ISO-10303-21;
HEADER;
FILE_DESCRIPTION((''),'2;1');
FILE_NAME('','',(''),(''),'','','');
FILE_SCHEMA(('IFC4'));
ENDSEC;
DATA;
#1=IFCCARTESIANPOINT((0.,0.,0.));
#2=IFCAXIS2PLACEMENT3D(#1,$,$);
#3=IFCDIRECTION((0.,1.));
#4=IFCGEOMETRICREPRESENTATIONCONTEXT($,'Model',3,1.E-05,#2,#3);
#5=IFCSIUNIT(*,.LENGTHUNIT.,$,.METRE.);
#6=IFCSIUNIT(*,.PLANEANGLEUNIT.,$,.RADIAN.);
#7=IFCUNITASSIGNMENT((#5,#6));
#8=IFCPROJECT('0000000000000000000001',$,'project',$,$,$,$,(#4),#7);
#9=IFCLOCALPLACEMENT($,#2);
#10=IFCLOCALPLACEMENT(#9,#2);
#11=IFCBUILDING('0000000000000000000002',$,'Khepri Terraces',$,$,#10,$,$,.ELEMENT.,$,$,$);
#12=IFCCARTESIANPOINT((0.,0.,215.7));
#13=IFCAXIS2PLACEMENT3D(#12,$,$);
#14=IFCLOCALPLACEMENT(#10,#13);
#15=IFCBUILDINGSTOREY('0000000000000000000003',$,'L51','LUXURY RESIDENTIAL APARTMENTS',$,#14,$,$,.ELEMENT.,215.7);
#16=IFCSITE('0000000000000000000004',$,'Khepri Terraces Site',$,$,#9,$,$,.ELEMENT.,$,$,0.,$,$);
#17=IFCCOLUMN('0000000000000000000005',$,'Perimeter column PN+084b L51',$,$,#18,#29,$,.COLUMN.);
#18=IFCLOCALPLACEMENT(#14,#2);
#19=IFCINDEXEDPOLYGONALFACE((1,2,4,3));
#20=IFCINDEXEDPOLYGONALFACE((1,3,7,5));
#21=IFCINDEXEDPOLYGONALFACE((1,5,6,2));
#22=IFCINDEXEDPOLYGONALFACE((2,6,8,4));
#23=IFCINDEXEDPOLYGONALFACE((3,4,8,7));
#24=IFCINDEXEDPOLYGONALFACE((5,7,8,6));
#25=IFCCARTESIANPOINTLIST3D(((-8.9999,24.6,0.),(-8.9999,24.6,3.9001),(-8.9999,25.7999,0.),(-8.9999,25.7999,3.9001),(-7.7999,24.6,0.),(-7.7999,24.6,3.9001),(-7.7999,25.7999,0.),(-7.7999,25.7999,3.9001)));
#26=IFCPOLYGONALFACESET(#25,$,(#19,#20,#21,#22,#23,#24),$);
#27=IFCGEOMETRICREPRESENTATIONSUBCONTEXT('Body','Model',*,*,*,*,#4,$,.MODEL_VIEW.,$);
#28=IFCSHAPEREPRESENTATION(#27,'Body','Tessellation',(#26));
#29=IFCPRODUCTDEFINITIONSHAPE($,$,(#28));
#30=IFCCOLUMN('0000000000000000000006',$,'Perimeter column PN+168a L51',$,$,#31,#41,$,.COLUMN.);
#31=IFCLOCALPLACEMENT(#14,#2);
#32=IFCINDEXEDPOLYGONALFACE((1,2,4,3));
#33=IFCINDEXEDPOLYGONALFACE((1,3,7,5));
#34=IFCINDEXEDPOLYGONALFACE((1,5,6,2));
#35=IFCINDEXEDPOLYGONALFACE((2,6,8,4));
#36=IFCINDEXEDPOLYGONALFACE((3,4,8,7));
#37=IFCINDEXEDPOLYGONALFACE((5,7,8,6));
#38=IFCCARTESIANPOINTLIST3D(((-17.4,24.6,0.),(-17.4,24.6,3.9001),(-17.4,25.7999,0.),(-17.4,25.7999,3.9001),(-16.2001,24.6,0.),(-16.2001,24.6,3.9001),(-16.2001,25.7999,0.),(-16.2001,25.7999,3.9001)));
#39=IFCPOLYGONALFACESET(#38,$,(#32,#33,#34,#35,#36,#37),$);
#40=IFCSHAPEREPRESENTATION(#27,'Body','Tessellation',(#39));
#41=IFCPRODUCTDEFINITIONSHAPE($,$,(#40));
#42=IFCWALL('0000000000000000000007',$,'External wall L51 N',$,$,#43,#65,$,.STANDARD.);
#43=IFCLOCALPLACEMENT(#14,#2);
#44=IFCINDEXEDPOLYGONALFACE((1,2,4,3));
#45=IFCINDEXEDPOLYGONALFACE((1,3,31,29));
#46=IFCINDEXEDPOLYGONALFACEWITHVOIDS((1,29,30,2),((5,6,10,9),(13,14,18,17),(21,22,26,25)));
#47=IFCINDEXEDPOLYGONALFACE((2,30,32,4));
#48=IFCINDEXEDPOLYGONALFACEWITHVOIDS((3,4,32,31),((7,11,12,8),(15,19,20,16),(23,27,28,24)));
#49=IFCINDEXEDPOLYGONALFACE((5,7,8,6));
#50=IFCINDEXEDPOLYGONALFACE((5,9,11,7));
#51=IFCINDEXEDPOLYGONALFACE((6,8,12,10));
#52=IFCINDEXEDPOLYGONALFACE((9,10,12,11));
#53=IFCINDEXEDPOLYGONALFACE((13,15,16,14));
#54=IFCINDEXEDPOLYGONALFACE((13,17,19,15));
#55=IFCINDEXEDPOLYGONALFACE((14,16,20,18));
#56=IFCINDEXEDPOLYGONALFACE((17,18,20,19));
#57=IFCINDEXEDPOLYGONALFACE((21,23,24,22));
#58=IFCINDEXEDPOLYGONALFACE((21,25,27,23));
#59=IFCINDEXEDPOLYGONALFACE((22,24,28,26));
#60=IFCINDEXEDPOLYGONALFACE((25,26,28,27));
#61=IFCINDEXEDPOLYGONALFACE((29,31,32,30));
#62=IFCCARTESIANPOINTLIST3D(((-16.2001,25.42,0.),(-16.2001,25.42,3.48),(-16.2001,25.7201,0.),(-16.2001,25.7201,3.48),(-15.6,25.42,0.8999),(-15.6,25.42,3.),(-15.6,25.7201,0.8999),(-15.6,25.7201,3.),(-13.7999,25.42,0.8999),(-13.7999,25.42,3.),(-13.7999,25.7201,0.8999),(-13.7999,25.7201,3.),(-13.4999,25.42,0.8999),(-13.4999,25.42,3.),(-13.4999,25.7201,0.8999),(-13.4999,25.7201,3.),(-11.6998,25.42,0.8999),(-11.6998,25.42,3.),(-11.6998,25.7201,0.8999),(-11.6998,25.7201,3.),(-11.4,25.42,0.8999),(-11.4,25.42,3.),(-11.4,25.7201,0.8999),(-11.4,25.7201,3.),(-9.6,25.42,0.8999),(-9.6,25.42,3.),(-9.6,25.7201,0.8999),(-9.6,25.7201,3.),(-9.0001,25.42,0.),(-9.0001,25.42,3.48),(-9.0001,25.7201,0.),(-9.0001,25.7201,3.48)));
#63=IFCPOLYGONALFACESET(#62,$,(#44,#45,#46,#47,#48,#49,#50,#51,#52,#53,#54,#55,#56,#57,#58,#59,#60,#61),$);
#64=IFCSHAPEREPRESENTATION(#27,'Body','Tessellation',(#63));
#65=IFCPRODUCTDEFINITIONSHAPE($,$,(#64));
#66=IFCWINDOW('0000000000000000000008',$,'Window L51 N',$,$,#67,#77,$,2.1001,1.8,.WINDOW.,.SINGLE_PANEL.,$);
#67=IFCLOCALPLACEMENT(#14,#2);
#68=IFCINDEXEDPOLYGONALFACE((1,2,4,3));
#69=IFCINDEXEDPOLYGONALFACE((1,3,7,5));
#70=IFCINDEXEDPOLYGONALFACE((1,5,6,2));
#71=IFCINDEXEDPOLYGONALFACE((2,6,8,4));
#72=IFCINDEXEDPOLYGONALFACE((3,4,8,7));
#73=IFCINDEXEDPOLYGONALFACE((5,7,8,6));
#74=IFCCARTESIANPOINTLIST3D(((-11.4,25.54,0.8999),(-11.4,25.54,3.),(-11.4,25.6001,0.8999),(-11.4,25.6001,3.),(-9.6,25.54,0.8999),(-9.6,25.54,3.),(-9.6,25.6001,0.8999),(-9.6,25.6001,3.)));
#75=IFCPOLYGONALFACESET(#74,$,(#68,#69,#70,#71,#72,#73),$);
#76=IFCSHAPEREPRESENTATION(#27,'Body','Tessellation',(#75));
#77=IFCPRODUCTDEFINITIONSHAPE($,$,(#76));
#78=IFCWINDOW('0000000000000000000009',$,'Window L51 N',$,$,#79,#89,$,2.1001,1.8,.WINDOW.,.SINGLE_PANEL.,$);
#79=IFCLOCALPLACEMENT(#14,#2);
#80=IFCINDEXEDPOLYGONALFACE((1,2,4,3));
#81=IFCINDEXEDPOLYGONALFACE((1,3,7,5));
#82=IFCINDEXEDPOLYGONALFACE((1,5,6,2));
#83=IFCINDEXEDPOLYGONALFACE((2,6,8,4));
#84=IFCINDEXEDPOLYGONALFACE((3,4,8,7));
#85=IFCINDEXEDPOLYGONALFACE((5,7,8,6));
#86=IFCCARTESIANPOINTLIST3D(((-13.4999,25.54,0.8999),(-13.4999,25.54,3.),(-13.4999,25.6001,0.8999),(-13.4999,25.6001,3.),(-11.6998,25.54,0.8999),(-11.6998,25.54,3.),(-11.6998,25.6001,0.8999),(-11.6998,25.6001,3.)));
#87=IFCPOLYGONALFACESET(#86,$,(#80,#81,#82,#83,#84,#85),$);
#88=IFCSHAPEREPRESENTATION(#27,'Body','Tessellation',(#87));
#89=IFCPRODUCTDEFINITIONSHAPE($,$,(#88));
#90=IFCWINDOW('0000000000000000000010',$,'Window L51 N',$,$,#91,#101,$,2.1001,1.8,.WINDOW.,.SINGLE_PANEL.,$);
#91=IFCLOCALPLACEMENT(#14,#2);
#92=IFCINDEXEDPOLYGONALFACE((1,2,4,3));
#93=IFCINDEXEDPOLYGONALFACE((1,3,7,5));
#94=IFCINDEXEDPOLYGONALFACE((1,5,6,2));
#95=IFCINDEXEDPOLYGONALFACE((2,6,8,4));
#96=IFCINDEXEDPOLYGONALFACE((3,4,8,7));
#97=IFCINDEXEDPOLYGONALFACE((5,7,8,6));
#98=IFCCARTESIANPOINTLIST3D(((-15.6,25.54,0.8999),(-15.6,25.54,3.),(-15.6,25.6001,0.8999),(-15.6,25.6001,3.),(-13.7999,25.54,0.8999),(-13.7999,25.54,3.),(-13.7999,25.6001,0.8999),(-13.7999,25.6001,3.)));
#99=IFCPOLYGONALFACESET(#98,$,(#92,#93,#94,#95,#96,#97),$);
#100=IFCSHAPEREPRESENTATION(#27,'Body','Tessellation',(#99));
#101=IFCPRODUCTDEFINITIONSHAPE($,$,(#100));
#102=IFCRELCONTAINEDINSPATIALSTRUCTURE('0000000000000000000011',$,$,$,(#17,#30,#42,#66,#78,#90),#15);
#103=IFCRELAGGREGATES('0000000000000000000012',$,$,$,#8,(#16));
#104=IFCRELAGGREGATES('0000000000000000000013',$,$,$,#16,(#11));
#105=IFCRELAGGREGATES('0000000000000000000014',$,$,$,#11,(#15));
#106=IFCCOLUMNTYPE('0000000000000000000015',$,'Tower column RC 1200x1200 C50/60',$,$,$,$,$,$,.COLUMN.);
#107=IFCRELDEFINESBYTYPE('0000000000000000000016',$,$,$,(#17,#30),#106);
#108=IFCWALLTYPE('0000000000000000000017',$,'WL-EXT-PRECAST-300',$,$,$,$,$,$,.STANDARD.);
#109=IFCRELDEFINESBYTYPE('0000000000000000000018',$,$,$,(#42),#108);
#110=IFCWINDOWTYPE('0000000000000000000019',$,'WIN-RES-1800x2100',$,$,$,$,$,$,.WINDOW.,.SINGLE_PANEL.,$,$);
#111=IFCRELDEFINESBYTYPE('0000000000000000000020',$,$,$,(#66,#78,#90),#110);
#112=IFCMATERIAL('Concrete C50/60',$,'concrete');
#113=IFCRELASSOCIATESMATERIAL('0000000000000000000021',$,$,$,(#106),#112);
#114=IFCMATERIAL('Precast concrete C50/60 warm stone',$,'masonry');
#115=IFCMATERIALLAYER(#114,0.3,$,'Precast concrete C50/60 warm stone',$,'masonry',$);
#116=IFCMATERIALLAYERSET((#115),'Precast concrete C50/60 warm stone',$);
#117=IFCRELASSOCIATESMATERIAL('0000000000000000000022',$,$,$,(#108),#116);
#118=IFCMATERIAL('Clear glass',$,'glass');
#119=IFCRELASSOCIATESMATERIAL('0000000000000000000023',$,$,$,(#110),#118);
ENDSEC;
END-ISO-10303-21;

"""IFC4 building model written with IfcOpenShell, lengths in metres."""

from ifc_helpers import new_model, si_unit, direction, frame, frame_2d, origin, origin_2d, place, context, subcontext, project, spatial, rectangle, extrude, material, layer, layer_set, material_profile, profile_set, type_object, element, fill, save


model = new_model("IFC4")

# Units and contexts
model_context = context("Model", 3, precision=1e-05, world=origin(), true_north=direction((0.0, 1.0)))
body_context = subcontext(model_context, "Body", "Model", "MODEL_VIEW")
ifc_project = project(units=[si_unit("LENGTHUNIT", "METRE"), si_unit("PLANEANGLEUNIT", "RADIAN")], contexts=[model_context])

# Site, building, storey
site_placement = place(None, origin())
site = spatial("IfcSite", under=ifc_project, at=site_placement, Name="Khepri Terraces Site", CompositionType="ELEMENT", RefElevation=0.0)
building_placement = place(site_placement, origin())
building = spatial("IfcBuilding", under=site, at=building_placement, Name="Khepri Terraces", CompositionType="ELEMENT")
storey_placement = place(building_placement, frame((0.0, 0.0, 215.7)))
storey = spatial("IfcBuildingStorey", under=building, at=storey_placement, Name="L51", Description="LUXURY RESIDENTIAL APARTMENTS", CompositionType="ELEMENT", Elevation=215.7)

# Columns
ifc_material_1 = material(Name="Concrete C50/60", Category="concrete")
ifc_material_profile = material_profile(ifc_material_1, rectangle(XDim=1.2, YDim=1.2, at=origin_2d()), Name="Concrete C50/60", Category="concrete")
ifc_profile_set = profile_set([ifc_material_profile], Name="Concrete C50/60")
column_type = type_object("IfcColumnType", Name="Tower column RC 1200x1200 C50/60", PredefinedType="COLUMN", material=ifc_profile_set)
for number, where, z_axis, x_axis, name in (
    (1, (-8.3999, 25.2, 0.0), (0.0, 0.0, 1.0), (1.0, 0.0, 0.0), "Perimeter column PN+084b L51"),
    (2, (-16.8, 25.2, 0.0), (0.0, 0.0, 1.0), (1.0, 0.0, 0.0), "Perimeter column PN+168a L51"),
):
    element("IfcColumn", number, at=place(storey_placement, frame(where, z_axis=z_axis, x_axis=x_axis)), inside=storey, type_object=column_type, Name=name, PredefinedType="COLUMN", context=body_context, shape_type="SweptSolid", body=[
        extrude(rectangle(XDim=1.2, YDim=1.2, at=origin_2d()), origin(), (0.0, 0.0, 1.0), 3.9001),
    ])

# Wall, openings, windows
ifc_material_2 = material(Name="Precast concrete C50/60 warm stone", Category="masonry")
ifc_layer_1 = layer(ifc_material_2, 0.3, Name="Precast concrete C50/60 warm stone", Category="masonry")
ifc_layer_set_1 = layer_set([ifc_layer_1], Name="Precast concrete C50/60 warm stone")
wall_type_1 = type_object("IfcWallType", Name="WL-EXT-PRECAST-300", PredefinedType="STANDARD", material=ifc_layer_set_1)
wall_1_placement = place(storey_placement, frame((-9.0, 25.5701, 0.0), z_axis=(0.0, 0.0, 1.0), x_axis=(-1.0, 0.0, 0.0)))
wall_1 = element("IfcWall", 3, at=wall_1_placement, inside=storey, type_object=wall_type_1, Name="External wall L51 N", PredefinedType="STANDARD", context=body_context, shape_type="SweptSolid", body=[
    extrude(rectangle(XDim=7.2, YDim=0.3, at=frame_2d((3.6001, 0.0))), origin(), (0.0, 0.0, 1.0), 3.48),
])
opening_1_placement = place(wall_1_placement, frame((0.6001, 0.0, 0.8999)))
opening_1 = element("IfcOpeningElement", 4, at=opening_1_placement, cuts=wall_1, PredefinedType="OPENING", context=body_context, shape_type="SweptSolid", body=[
    extrude(rectangle(XDim=1.8, YDim=2.1001, at=frame_2d((0.8999, 1.05))), frame((0.0, 0.1602, 0.0), z_axis=(0.0, -1.0, 0.0), x_axis=(1.0, 0.0, 0.0)), (0.0, 0.0, 1.0), 0.3201),
])
opening_2_placement = place(wall_1_placement, frame((2.7, 0.0, 0.8999)))
opening_2 = element("IfcOpeningElement", 5, at=opening_2_placement, cuts=wall_1, PredefinedType="OPENING", context=body_context, shape_type="SweptSolid", body=[
    extrude(rectangle(XDim=1.8, YDim=2.1001, at=frame_2d((0.8999, 1.05))), frame((0.0, 0.1602, 0.0), z_axis=(0.0, -1.0, 0.0), x_axis=(1.0, 0.0, 0.0)), (0.0, 0.0, 1.0), 0.3201),
])
opening_3_placement = place(wall_1_placement, frame((4.8, 0.0, 0.8999)))
opening_3 = element("IfcOpeningElement", 6, at=opening_3_placement, cuts=wall_1, PredefinedType="OPENING", context=body_context, shape_type="SweptSolid", body=[
    extrude(rectangle(XDim=1.8, YDim=2.1001, at=frame_2d((0.8999, 1.05))), frame((0.0, 0.1602, 0.0), z_axis=(0.0, -1.0, 0.0), x_axis=(1.0, 0.0, 0.0)), (0.0, 0.0, 1.0), 0.3201),
])
ifc_material_3 = material(Name="Clear glass", Category="glass")
window_type = type_object("IfcWindowType", Name="WIN-RES-1800x2100", PartitioningType="SINGLE_PANEL", PredefinedType="WINDOW", material=ifc_material_3)
window_1_placement = place(opening_1_placement, origin())
window_1 = element("IfcWindow", 7, at=window_1_placement, inside=storey, type_object=window_type, Name="Window L51 N", OverallHeight=2.1001, OverallWidth=1.8, PartitioningType="SINGLE_PANEL", PredefinedType="WINDOW", context=body_context, shape_type="SweptSolid", body=[
    extrude(rectangle(XDim=1.8, YDim=2.1001, at=frame_2d((0.8999, 1.05))), frame((0.0, 0.03, 0.0), z_axis=(0.0, -1.0, 0.0), x_axis=(1.0, 0.0, 0.0)), (0.0, 0.0, 1.0), 0.0601),
])
fill(opening_1, window_1)
window_2_placement = place(opening_2_placement, origin())
window_2 = element("IfcWindow", 8, at=window_2_placement, inside=storey, type_object=window_type, Name="Window L51 N", OverallHeight=2.1001, OverallWidth=1.8, PartitioningType="SINGLE_PANEL", PredefinedType="WINDOW", context=body_context, shape_type="SweptSolid", body=[
    extrude(rectangle(XDim=1.8, YDim=2.1001, at=frame_2d((0.8999, 1.05))), frame((0.0, 0.03, 0.0), z_axis=(0.0, -1.0, 0.0), x_axis=(1.0, 0.0, 0.0)), (0.0, 0.0, 1.0), 0.0601),
])
fill(opening_2, window_2)
window_3_placement = place(opening_3_placement, origin())
window_3 = element("IfcWindow", 9, at=window_3_placement, inside=storey, type_object=window_type, Name="Window L51 N", OverallHeight=2.1001, OverallWidth=1.8, PartitioningType="SINGLE_PANEL", PredefinedType="WINDOW", context=body_context, shape_type="SweptSolid", body=[
    extrude(rectangle(XDim=1.8, YDim=2.1001, at=frame_2d((0.8999, 1.05))), frame((0.0, 0.03, 0.0), z_axis=(0.0, -1.0, 0.0), x_axis=(1.0, 0.0, 0.0)), (0.0, 0.0, 1.0), 0.0601),
])
fill(opening_3, window_3)

save(model, "model.ifc")
